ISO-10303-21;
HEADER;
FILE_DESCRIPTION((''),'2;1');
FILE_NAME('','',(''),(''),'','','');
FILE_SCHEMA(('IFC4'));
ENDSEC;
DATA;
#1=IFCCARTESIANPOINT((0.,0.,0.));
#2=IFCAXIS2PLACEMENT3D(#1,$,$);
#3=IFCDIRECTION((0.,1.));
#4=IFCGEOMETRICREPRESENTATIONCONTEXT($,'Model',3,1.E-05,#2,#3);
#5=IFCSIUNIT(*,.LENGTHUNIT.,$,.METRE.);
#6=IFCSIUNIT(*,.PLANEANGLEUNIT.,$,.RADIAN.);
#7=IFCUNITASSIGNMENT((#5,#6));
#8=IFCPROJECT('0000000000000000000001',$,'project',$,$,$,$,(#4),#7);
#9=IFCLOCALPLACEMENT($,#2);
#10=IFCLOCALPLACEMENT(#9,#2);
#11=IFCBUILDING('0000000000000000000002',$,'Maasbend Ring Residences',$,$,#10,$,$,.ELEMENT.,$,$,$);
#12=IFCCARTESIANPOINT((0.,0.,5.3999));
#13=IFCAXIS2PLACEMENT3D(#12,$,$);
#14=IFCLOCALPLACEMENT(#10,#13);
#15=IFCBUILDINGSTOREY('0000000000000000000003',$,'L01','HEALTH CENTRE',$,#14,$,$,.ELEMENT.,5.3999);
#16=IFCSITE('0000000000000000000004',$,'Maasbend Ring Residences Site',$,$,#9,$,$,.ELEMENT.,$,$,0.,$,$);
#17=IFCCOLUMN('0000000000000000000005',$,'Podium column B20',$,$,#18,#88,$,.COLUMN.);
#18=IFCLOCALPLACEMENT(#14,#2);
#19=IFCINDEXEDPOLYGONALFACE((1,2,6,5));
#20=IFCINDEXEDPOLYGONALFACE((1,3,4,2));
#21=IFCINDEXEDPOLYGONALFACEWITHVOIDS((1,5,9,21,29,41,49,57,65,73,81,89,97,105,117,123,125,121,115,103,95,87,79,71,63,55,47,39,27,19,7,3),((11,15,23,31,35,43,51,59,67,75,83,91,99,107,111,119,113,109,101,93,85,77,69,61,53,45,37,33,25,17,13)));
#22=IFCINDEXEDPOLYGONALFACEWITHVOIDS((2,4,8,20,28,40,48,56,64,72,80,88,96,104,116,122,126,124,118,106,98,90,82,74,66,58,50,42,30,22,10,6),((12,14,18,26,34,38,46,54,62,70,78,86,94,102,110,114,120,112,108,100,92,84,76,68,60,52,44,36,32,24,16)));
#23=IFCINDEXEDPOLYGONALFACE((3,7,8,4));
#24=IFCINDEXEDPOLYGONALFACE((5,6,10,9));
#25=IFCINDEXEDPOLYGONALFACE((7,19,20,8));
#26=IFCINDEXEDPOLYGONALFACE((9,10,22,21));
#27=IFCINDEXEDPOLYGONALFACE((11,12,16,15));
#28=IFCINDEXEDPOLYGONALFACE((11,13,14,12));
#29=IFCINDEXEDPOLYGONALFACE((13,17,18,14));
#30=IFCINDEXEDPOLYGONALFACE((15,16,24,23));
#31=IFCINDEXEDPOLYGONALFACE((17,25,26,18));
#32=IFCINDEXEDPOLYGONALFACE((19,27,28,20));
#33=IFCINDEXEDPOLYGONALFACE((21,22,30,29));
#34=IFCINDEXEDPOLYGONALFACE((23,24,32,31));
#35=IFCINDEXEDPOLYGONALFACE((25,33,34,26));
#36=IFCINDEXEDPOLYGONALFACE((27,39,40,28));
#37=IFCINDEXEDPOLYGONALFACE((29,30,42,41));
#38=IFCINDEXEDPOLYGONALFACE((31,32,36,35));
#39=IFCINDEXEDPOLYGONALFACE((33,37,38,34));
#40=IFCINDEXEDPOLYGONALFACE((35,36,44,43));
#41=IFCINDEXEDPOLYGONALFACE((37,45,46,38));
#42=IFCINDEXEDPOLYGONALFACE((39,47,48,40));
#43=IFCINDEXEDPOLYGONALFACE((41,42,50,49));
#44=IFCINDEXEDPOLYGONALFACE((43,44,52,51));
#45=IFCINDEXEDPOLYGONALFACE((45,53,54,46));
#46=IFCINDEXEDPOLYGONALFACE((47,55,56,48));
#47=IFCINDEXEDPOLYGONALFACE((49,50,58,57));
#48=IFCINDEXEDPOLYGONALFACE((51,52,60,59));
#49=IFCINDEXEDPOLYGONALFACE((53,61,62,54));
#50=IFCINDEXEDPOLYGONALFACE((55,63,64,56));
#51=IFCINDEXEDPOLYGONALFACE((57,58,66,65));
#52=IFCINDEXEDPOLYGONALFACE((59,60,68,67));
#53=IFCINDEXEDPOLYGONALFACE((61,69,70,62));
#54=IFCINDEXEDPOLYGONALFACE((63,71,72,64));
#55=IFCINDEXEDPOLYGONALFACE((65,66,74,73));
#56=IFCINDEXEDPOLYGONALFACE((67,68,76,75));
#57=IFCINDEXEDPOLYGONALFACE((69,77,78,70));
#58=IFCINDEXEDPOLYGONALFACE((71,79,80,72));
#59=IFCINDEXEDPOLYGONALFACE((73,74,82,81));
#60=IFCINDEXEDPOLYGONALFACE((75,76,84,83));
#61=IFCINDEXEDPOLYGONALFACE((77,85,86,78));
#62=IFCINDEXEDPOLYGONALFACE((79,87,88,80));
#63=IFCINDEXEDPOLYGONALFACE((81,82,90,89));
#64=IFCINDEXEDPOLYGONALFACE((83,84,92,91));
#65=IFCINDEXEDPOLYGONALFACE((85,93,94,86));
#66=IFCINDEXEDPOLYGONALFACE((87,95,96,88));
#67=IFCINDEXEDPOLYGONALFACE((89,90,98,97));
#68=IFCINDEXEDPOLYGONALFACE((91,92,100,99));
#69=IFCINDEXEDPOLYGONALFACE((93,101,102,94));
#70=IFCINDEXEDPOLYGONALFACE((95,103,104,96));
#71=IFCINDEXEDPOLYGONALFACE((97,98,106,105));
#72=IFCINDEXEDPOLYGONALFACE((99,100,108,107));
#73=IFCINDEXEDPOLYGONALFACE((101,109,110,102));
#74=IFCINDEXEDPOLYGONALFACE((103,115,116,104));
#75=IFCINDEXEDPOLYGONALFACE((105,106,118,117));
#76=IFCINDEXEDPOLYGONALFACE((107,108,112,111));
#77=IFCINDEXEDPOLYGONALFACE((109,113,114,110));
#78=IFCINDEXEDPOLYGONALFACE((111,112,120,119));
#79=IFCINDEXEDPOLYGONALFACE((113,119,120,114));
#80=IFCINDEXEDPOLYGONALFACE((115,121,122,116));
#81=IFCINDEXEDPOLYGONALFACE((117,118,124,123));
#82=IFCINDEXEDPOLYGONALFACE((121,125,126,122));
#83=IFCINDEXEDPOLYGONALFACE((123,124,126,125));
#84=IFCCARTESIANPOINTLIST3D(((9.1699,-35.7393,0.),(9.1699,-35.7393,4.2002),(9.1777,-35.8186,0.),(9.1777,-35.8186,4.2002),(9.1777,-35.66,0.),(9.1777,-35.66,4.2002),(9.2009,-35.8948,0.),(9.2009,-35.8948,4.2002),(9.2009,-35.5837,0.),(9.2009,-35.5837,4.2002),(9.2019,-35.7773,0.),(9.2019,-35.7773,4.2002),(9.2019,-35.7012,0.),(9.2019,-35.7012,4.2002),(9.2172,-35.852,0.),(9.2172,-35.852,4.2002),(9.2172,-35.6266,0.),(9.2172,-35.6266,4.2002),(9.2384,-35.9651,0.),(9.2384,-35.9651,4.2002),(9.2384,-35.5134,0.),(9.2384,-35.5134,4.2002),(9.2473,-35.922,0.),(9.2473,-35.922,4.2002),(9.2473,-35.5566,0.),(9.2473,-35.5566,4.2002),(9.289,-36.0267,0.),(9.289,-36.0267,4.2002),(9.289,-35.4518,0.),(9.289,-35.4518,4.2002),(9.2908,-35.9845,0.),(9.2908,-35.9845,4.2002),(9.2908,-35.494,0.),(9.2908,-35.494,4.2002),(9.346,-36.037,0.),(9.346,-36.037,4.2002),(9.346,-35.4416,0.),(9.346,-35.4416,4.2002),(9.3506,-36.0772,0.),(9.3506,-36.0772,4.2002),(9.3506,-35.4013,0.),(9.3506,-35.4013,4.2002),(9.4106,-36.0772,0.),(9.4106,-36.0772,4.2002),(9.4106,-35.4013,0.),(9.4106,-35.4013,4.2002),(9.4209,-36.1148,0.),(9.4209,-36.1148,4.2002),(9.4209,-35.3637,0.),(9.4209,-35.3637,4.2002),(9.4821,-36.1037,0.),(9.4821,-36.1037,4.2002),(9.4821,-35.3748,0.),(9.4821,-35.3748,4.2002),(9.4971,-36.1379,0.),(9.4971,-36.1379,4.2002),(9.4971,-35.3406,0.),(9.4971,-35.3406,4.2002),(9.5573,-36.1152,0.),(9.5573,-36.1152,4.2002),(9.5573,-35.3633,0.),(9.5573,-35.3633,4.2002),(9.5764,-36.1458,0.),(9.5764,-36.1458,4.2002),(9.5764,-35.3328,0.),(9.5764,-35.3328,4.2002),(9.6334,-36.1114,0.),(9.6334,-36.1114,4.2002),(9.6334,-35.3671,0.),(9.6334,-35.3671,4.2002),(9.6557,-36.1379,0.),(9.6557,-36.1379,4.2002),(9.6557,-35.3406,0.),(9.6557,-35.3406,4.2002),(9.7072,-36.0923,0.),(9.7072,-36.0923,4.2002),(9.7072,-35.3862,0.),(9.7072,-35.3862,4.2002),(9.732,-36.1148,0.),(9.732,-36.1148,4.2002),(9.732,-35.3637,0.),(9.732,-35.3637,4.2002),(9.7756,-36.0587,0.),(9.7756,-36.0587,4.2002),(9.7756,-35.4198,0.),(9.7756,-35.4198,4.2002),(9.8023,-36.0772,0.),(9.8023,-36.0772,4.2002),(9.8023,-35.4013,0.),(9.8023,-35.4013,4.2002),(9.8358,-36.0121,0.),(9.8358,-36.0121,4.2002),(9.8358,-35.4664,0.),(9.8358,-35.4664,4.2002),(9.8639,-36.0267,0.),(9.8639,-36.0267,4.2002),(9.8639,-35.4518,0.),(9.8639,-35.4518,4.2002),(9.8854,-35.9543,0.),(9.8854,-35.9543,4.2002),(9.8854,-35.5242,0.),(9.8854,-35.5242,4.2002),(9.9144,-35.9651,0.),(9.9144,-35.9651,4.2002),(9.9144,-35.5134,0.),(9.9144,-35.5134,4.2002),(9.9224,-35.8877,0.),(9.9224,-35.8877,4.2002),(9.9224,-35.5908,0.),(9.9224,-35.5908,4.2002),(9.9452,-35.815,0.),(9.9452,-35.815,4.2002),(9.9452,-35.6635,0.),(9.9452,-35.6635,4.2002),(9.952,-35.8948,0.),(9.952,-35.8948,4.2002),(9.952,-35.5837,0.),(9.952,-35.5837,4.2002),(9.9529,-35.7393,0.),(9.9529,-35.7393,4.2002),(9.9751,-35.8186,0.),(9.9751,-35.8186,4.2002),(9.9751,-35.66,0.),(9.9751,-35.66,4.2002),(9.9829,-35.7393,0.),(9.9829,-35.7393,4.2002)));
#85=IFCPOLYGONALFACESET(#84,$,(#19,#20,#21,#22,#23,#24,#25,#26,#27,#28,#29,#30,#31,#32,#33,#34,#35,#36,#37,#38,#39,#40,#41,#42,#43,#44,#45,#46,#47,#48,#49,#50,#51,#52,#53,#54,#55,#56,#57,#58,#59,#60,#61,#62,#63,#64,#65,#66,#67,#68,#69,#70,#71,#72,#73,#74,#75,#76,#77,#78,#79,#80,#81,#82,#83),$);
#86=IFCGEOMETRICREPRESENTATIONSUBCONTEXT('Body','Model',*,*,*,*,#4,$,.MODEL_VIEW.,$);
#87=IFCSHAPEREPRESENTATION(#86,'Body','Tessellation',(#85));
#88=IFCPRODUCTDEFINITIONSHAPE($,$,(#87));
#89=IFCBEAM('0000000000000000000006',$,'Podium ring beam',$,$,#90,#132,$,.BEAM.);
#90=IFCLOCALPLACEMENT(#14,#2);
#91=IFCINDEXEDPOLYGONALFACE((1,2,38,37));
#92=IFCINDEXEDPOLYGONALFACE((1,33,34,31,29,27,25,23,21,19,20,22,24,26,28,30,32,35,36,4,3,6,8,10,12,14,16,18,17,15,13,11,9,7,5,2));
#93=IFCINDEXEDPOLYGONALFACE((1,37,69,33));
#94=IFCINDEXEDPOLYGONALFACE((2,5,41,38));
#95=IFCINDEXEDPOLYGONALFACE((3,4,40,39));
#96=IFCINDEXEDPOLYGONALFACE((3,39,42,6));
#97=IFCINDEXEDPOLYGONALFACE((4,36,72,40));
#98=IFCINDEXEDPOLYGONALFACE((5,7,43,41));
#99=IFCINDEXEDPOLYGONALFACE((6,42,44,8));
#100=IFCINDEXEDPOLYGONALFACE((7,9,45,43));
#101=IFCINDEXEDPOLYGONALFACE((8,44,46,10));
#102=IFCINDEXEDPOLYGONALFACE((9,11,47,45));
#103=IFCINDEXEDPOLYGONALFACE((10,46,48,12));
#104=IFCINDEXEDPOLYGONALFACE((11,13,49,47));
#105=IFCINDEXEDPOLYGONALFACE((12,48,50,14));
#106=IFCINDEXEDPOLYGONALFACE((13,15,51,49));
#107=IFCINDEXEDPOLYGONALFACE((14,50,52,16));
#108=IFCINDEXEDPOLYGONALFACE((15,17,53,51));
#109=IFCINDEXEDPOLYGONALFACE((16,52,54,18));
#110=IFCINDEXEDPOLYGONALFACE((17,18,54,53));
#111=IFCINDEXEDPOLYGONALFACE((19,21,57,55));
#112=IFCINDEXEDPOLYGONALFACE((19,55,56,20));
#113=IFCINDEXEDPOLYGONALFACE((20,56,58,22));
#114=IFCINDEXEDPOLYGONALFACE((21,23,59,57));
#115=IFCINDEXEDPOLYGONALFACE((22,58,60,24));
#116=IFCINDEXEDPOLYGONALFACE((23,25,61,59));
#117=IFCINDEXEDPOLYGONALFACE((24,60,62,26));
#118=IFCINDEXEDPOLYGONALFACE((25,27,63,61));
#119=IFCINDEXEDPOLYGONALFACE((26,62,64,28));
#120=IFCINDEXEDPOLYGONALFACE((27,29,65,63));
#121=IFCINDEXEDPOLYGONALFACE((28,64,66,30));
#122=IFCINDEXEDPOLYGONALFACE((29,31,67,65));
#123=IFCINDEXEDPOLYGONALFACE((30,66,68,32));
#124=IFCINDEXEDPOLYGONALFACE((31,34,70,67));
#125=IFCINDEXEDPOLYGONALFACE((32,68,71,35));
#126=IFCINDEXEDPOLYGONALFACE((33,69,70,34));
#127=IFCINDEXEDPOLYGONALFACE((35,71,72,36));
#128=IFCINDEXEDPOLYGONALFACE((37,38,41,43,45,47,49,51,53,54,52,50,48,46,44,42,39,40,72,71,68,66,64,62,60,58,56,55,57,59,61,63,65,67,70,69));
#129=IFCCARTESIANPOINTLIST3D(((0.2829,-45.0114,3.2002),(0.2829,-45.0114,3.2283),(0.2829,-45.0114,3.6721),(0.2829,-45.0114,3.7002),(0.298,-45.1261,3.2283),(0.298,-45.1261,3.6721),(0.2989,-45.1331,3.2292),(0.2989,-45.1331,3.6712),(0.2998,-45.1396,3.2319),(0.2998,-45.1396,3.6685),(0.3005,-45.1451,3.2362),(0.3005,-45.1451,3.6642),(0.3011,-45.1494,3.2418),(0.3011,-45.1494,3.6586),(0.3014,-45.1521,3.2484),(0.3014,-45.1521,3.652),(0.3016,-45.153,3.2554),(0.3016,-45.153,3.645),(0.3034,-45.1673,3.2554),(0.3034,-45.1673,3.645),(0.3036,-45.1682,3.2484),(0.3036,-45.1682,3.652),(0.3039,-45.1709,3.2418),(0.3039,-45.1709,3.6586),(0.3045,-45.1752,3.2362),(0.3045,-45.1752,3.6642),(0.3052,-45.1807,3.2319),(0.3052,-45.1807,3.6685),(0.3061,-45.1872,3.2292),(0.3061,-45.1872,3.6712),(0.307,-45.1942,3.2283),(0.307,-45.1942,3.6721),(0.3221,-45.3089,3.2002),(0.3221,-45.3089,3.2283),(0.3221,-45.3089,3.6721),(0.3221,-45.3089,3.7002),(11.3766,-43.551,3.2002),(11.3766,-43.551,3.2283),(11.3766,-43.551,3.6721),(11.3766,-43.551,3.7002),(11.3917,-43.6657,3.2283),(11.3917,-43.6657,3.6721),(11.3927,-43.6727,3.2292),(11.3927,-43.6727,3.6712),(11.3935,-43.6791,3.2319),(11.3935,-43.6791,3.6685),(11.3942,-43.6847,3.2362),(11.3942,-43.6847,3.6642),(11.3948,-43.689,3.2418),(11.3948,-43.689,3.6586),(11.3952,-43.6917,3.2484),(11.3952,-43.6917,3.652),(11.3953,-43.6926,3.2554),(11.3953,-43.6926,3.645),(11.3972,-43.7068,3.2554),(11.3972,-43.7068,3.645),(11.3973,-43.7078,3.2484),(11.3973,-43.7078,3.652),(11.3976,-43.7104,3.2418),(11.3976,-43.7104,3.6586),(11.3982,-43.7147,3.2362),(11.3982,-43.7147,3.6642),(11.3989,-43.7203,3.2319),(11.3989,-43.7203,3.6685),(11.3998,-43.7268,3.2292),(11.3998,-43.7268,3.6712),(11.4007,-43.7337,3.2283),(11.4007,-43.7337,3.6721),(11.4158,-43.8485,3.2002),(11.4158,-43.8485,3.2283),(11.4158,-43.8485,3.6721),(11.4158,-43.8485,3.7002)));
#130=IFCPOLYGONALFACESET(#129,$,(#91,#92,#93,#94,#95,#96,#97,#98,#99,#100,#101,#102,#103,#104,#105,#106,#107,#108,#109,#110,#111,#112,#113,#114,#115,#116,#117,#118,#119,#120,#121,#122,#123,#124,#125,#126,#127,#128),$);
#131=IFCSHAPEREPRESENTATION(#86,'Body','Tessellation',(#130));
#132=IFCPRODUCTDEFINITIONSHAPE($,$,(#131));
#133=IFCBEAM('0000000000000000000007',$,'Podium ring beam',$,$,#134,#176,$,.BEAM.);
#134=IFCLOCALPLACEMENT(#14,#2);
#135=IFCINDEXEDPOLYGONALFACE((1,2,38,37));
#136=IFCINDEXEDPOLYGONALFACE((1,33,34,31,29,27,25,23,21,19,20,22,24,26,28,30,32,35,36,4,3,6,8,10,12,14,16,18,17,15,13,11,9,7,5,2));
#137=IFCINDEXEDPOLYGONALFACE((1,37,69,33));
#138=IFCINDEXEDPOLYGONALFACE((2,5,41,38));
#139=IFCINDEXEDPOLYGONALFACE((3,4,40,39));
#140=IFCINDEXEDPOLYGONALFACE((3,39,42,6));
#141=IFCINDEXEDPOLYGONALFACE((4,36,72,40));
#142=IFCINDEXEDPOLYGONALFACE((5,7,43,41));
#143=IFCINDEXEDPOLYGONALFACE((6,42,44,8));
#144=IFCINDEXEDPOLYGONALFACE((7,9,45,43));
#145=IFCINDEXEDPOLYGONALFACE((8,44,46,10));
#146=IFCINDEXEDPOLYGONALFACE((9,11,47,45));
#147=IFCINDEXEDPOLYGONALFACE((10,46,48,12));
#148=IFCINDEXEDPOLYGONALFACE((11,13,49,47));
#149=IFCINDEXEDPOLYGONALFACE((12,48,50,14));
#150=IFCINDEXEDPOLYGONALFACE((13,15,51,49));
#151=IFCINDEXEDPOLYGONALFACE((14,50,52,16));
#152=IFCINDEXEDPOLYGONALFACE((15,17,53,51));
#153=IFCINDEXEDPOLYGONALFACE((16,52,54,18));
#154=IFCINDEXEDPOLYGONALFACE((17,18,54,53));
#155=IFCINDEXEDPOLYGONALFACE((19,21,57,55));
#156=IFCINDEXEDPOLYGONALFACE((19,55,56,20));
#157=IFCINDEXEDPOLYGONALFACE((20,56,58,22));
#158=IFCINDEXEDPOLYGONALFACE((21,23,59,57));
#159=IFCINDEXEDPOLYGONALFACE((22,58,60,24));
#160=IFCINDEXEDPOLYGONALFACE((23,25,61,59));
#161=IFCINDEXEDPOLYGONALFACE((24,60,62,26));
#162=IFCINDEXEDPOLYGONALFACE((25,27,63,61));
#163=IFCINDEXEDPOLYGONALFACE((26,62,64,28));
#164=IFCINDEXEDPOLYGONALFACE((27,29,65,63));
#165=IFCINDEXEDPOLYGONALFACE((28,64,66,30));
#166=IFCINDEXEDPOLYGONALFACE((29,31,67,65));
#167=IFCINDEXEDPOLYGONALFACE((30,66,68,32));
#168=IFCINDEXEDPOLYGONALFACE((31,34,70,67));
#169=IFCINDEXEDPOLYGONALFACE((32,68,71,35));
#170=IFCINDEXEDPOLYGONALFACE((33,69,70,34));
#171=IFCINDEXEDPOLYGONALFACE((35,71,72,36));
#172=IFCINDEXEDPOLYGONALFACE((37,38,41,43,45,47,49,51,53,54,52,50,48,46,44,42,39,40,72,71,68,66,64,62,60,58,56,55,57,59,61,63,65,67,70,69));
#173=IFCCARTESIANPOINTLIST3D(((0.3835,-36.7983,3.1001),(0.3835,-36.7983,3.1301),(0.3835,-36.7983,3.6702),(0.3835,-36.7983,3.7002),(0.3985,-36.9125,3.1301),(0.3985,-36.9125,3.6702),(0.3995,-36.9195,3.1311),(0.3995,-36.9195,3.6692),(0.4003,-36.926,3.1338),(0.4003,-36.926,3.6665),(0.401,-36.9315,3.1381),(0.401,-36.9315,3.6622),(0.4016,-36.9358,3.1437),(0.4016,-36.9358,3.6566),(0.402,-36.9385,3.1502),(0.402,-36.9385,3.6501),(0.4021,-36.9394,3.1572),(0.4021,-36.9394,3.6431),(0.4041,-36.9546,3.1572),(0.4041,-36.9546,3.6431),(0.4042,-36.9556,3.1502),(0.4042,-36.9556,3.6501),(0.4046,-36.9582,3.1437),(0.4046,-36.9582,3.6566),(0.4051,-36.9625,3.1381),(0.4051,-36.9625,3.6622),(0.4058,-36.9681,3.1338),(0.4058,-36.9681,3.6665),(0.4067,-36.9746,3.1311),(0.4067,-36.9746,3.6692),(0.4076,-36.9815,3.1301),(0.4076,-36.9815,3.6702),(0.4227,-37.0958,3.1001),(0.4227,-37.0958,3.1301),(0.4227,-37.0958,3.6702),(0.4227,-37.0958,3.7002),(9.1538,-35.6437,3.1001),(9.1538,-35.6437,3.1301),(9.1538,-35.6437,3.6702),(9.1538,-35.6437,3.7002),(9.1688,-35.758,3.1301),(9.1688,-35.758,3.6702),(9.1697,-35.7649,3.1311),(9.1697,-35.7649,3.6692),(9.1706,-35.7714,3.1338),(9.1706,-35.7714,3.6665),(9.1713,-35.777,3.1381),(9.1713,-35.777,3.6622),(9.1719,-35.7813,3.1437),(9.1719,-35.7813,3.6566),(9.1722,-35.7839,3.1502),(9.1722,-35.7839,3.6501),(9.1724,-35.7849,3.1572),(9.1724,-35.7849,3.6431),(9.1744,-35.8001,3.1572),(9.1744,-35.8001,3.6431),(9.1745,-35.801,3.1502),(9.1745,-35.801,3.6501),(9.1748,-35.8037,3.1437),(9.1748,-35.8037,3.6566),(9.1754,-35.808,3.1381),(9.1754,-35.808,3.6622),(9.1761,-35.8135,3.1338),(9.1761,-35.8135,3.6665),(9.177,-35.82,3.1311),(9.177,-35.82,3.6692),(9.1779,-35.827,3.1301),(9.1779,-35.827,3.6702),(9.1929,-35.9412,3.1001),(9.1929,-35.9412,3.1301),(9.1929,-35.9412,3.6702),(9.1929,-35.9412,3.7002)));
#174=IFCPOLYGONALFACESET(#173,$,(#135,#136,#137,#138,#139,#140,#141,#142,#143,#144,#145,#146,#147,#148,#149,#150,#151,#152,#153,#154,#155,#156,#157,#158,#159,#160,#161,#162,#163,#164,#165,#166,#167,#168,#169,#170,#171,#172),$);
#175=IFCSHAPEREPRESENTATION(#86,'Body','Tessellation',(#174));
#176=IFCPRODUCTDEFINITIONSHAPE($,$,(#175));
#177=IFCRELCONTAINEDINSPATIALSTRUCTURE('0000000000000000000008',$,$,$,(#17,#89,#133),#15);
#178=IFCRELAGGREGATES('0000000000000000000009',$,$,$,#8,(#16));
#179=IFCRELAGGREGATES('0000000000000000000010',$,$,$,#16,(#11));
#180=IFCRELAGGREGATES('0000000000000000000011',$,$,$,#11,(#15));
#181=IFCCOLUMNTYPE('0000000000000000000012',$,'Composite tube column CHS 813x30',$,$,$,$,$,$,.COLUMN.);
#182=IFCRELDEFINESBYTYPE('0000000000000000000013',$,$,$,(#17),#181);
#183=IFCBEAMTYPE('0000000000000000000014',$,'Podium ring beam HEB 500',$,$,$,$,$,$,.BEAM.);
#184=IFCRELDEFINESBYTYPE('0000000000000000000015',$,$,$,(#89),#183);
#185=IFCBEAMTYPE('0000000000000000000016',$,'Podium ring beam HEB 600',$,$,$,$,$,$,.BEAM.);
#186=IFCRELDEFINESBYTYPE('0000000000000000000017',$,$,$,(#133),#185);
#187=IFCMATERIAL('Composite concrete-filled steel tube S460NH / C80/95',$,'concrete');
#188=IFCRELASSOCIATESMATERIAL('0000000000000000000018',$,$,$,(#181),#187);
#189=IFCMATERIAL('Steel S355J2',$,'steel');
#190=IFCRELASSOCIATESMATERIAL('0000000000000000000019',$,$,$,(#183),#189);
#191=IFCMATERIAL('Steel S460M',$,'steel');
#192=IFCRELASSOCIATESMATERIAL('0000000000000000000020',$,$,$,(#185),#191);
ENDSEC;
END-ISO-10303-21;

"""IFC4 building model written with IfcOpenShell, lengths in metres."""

from ifc_helpers import new_model, si_unit, direction, frame, origin, origin_2d, place, context, subcontext, project, spatial, hollow_circle, i_section, extrude, material, material_profile, profile_set, type_object, element, save


model = new_model("IFC4")

# Units and contexts
model_context = context("Model", 3, precision=1e-05, world=origin(), true_north=direction((0.0, 1.0)))
body_context = subcontext(model_context, "Body", "Model", "MODEL_VIEW")
ifc_project = project(units=[si_unit("LENGTHUNIT", "METRE"), si_unit("PLANEANGLEUNIT", "RADIAN")], contexts=[model_context])

# Site, building, storey
site_placement = place(None, origin())
site = spatial("IfcSite", under=ifc_project, at=site_placement, Name="Maasbend Ring Residences Site", CompositionType="ELEMENT", RefElevation=0.0)
building_placement = place(site_placement, origin())
building = spatial("IfcBuilding", under=site, at=building_placement, Name="Maasbend Ring Residences", CompositionType="ELEMENT")
storey_placement = place(building_placement, frame((0.0, 0.0, 5.3999)))
storey = spatial("IfcBuildingStorey", under=building, at=storey_placement, Name="L01", Description="HEALTH CENTRE", CompositionType="ELEMENT", Elevation=5.3999)

# Column
ifc_material_1 = material(Name="Composite concrete-filled steel tube S460NH / C80/95", Category="concrete")
ifc_material_profile_1 = material_profile(ifc_material_1, hollow_circle(Radius=0.4065, WallThickness=0.03, at=origin_2d()), Name="Composite tube column CHS 813x30")
ifc_profile_set_1 = profile_set([ifc_material_profile_1], Name="Composite concrete-filled steel tube S460NH / C80/95")
column_type_1 = type_object("IfcColumnType", Name="Composite tube column CHS 813x30", PredefinedType="COLUMN", material=ifc_profile_set_1)
column_1_placement = place(storey_placement, frame((9.5764, -35.7393, 0.0), z_axis=(0.0, 0.0, 1.0), x_axis=(1.0, 0.0, 0.0)))
element("IfcColumn", 1, at=column_1_placement, inside=storey, type_object=column_type_1, Name="Podium column B20", PredefinedType="COLUMN", context=body_context, shape_type="SweptSolid", body=[
    extrude(hollow_circle(Radius=0.4065, WallThickness=0.03, at=origin_2d()), origin(), (0.0, 0.0, 1.0), 4.2002),
])

# Beams
ifc_material_2 = material(Name="Steel S355J2", Category="steel")
ifc_material_profile_2 = material_profile(ifc_material_2, i_section(OverallWidth=0.3, OverallDepth=0.5, WebThickness=0.0144, FlangeThickness=0.0281, FilletRadius=0.0271, at=origin_2d()), Name="HEB 500")
ifc_profile_set_2 = profile_set([ifc_material_profile_2], Name="Steel S355J2")
beam_type_1 = type_object("IfcBeamType", Name="Podium ring beam HEB 500", PredefinedType="BEAM", material=ifc_profile_set_2)
beam_1_placement = place(storey_placement, frame((0.3025, -45.1602, 3.4502), z_axis=(0.991446, 0.13052, 0.0), x_axis=(-0.13052, 0.991446, 0.0)))
element("IfcBeam", 2, at=beam_1_placement, inside=storey, type_object=beam_type_1, Name="Podium ring beam", PredefinedType="BEAM", context=body_context, shape_type="SweptSolid", body=[
    extrude(i_section(OverallWidth=0.3, OverallDepth=0.5, WebThickness=0.0144, FlangeThickness=0.0281, FilletRadius=0.0271, at=origin_2d()), origin(), (0.0, 0.0, 1.0), 11.1895),
])
ifc_material_3 = material(Name="Steel S460M", Category="steel")
ifc_material_profile_3 = material_profile(ifc_material_3, i_section(OverallWidth=0.3, OverallDepth=0.6001, WebThickness=0.0154, FlangeThickness=0.03, FilletRadius=0.0271, at=origin_2d()), Name="HEB 600")
ifc_profile_set_3 = profile_set([ifc_material_profile_3], Name="Steel S460M")
beam_type_2 = type_object("IfcBeamType", Name="Podium ring beam HEB 600", PredefinedType="BEAM", material=ifc_profile_set_3)
for number, where, z_axis, x_axis, name in (
    (3, (0.4031, -36.947, 3.4001), (0.991446, 0.130517, 0.0), (-0.130517, 0.991446, 0.0), "Podium ring beam"),
):
    element("IfcBeam", number, at=place(storey_placement, frame(where, z_axis=z_axis, x_axis=x_axis)), inside=storey, type_object=beam_type_2, Name=name, PredefinedType="BEAM", context=body_context, shape_type="SweptSolid", body=[
        extrude(i_section(OverallWidth=0.3, OverallDepth=0.6001, WebThickness=0.0154, FlangeThickness=0.03, FilletRadius=0.0271, at=origin_2d()), origin(), (0.0, 0.0, 1.0), 8.8459),
    ])

save(model, "model.ifc")
